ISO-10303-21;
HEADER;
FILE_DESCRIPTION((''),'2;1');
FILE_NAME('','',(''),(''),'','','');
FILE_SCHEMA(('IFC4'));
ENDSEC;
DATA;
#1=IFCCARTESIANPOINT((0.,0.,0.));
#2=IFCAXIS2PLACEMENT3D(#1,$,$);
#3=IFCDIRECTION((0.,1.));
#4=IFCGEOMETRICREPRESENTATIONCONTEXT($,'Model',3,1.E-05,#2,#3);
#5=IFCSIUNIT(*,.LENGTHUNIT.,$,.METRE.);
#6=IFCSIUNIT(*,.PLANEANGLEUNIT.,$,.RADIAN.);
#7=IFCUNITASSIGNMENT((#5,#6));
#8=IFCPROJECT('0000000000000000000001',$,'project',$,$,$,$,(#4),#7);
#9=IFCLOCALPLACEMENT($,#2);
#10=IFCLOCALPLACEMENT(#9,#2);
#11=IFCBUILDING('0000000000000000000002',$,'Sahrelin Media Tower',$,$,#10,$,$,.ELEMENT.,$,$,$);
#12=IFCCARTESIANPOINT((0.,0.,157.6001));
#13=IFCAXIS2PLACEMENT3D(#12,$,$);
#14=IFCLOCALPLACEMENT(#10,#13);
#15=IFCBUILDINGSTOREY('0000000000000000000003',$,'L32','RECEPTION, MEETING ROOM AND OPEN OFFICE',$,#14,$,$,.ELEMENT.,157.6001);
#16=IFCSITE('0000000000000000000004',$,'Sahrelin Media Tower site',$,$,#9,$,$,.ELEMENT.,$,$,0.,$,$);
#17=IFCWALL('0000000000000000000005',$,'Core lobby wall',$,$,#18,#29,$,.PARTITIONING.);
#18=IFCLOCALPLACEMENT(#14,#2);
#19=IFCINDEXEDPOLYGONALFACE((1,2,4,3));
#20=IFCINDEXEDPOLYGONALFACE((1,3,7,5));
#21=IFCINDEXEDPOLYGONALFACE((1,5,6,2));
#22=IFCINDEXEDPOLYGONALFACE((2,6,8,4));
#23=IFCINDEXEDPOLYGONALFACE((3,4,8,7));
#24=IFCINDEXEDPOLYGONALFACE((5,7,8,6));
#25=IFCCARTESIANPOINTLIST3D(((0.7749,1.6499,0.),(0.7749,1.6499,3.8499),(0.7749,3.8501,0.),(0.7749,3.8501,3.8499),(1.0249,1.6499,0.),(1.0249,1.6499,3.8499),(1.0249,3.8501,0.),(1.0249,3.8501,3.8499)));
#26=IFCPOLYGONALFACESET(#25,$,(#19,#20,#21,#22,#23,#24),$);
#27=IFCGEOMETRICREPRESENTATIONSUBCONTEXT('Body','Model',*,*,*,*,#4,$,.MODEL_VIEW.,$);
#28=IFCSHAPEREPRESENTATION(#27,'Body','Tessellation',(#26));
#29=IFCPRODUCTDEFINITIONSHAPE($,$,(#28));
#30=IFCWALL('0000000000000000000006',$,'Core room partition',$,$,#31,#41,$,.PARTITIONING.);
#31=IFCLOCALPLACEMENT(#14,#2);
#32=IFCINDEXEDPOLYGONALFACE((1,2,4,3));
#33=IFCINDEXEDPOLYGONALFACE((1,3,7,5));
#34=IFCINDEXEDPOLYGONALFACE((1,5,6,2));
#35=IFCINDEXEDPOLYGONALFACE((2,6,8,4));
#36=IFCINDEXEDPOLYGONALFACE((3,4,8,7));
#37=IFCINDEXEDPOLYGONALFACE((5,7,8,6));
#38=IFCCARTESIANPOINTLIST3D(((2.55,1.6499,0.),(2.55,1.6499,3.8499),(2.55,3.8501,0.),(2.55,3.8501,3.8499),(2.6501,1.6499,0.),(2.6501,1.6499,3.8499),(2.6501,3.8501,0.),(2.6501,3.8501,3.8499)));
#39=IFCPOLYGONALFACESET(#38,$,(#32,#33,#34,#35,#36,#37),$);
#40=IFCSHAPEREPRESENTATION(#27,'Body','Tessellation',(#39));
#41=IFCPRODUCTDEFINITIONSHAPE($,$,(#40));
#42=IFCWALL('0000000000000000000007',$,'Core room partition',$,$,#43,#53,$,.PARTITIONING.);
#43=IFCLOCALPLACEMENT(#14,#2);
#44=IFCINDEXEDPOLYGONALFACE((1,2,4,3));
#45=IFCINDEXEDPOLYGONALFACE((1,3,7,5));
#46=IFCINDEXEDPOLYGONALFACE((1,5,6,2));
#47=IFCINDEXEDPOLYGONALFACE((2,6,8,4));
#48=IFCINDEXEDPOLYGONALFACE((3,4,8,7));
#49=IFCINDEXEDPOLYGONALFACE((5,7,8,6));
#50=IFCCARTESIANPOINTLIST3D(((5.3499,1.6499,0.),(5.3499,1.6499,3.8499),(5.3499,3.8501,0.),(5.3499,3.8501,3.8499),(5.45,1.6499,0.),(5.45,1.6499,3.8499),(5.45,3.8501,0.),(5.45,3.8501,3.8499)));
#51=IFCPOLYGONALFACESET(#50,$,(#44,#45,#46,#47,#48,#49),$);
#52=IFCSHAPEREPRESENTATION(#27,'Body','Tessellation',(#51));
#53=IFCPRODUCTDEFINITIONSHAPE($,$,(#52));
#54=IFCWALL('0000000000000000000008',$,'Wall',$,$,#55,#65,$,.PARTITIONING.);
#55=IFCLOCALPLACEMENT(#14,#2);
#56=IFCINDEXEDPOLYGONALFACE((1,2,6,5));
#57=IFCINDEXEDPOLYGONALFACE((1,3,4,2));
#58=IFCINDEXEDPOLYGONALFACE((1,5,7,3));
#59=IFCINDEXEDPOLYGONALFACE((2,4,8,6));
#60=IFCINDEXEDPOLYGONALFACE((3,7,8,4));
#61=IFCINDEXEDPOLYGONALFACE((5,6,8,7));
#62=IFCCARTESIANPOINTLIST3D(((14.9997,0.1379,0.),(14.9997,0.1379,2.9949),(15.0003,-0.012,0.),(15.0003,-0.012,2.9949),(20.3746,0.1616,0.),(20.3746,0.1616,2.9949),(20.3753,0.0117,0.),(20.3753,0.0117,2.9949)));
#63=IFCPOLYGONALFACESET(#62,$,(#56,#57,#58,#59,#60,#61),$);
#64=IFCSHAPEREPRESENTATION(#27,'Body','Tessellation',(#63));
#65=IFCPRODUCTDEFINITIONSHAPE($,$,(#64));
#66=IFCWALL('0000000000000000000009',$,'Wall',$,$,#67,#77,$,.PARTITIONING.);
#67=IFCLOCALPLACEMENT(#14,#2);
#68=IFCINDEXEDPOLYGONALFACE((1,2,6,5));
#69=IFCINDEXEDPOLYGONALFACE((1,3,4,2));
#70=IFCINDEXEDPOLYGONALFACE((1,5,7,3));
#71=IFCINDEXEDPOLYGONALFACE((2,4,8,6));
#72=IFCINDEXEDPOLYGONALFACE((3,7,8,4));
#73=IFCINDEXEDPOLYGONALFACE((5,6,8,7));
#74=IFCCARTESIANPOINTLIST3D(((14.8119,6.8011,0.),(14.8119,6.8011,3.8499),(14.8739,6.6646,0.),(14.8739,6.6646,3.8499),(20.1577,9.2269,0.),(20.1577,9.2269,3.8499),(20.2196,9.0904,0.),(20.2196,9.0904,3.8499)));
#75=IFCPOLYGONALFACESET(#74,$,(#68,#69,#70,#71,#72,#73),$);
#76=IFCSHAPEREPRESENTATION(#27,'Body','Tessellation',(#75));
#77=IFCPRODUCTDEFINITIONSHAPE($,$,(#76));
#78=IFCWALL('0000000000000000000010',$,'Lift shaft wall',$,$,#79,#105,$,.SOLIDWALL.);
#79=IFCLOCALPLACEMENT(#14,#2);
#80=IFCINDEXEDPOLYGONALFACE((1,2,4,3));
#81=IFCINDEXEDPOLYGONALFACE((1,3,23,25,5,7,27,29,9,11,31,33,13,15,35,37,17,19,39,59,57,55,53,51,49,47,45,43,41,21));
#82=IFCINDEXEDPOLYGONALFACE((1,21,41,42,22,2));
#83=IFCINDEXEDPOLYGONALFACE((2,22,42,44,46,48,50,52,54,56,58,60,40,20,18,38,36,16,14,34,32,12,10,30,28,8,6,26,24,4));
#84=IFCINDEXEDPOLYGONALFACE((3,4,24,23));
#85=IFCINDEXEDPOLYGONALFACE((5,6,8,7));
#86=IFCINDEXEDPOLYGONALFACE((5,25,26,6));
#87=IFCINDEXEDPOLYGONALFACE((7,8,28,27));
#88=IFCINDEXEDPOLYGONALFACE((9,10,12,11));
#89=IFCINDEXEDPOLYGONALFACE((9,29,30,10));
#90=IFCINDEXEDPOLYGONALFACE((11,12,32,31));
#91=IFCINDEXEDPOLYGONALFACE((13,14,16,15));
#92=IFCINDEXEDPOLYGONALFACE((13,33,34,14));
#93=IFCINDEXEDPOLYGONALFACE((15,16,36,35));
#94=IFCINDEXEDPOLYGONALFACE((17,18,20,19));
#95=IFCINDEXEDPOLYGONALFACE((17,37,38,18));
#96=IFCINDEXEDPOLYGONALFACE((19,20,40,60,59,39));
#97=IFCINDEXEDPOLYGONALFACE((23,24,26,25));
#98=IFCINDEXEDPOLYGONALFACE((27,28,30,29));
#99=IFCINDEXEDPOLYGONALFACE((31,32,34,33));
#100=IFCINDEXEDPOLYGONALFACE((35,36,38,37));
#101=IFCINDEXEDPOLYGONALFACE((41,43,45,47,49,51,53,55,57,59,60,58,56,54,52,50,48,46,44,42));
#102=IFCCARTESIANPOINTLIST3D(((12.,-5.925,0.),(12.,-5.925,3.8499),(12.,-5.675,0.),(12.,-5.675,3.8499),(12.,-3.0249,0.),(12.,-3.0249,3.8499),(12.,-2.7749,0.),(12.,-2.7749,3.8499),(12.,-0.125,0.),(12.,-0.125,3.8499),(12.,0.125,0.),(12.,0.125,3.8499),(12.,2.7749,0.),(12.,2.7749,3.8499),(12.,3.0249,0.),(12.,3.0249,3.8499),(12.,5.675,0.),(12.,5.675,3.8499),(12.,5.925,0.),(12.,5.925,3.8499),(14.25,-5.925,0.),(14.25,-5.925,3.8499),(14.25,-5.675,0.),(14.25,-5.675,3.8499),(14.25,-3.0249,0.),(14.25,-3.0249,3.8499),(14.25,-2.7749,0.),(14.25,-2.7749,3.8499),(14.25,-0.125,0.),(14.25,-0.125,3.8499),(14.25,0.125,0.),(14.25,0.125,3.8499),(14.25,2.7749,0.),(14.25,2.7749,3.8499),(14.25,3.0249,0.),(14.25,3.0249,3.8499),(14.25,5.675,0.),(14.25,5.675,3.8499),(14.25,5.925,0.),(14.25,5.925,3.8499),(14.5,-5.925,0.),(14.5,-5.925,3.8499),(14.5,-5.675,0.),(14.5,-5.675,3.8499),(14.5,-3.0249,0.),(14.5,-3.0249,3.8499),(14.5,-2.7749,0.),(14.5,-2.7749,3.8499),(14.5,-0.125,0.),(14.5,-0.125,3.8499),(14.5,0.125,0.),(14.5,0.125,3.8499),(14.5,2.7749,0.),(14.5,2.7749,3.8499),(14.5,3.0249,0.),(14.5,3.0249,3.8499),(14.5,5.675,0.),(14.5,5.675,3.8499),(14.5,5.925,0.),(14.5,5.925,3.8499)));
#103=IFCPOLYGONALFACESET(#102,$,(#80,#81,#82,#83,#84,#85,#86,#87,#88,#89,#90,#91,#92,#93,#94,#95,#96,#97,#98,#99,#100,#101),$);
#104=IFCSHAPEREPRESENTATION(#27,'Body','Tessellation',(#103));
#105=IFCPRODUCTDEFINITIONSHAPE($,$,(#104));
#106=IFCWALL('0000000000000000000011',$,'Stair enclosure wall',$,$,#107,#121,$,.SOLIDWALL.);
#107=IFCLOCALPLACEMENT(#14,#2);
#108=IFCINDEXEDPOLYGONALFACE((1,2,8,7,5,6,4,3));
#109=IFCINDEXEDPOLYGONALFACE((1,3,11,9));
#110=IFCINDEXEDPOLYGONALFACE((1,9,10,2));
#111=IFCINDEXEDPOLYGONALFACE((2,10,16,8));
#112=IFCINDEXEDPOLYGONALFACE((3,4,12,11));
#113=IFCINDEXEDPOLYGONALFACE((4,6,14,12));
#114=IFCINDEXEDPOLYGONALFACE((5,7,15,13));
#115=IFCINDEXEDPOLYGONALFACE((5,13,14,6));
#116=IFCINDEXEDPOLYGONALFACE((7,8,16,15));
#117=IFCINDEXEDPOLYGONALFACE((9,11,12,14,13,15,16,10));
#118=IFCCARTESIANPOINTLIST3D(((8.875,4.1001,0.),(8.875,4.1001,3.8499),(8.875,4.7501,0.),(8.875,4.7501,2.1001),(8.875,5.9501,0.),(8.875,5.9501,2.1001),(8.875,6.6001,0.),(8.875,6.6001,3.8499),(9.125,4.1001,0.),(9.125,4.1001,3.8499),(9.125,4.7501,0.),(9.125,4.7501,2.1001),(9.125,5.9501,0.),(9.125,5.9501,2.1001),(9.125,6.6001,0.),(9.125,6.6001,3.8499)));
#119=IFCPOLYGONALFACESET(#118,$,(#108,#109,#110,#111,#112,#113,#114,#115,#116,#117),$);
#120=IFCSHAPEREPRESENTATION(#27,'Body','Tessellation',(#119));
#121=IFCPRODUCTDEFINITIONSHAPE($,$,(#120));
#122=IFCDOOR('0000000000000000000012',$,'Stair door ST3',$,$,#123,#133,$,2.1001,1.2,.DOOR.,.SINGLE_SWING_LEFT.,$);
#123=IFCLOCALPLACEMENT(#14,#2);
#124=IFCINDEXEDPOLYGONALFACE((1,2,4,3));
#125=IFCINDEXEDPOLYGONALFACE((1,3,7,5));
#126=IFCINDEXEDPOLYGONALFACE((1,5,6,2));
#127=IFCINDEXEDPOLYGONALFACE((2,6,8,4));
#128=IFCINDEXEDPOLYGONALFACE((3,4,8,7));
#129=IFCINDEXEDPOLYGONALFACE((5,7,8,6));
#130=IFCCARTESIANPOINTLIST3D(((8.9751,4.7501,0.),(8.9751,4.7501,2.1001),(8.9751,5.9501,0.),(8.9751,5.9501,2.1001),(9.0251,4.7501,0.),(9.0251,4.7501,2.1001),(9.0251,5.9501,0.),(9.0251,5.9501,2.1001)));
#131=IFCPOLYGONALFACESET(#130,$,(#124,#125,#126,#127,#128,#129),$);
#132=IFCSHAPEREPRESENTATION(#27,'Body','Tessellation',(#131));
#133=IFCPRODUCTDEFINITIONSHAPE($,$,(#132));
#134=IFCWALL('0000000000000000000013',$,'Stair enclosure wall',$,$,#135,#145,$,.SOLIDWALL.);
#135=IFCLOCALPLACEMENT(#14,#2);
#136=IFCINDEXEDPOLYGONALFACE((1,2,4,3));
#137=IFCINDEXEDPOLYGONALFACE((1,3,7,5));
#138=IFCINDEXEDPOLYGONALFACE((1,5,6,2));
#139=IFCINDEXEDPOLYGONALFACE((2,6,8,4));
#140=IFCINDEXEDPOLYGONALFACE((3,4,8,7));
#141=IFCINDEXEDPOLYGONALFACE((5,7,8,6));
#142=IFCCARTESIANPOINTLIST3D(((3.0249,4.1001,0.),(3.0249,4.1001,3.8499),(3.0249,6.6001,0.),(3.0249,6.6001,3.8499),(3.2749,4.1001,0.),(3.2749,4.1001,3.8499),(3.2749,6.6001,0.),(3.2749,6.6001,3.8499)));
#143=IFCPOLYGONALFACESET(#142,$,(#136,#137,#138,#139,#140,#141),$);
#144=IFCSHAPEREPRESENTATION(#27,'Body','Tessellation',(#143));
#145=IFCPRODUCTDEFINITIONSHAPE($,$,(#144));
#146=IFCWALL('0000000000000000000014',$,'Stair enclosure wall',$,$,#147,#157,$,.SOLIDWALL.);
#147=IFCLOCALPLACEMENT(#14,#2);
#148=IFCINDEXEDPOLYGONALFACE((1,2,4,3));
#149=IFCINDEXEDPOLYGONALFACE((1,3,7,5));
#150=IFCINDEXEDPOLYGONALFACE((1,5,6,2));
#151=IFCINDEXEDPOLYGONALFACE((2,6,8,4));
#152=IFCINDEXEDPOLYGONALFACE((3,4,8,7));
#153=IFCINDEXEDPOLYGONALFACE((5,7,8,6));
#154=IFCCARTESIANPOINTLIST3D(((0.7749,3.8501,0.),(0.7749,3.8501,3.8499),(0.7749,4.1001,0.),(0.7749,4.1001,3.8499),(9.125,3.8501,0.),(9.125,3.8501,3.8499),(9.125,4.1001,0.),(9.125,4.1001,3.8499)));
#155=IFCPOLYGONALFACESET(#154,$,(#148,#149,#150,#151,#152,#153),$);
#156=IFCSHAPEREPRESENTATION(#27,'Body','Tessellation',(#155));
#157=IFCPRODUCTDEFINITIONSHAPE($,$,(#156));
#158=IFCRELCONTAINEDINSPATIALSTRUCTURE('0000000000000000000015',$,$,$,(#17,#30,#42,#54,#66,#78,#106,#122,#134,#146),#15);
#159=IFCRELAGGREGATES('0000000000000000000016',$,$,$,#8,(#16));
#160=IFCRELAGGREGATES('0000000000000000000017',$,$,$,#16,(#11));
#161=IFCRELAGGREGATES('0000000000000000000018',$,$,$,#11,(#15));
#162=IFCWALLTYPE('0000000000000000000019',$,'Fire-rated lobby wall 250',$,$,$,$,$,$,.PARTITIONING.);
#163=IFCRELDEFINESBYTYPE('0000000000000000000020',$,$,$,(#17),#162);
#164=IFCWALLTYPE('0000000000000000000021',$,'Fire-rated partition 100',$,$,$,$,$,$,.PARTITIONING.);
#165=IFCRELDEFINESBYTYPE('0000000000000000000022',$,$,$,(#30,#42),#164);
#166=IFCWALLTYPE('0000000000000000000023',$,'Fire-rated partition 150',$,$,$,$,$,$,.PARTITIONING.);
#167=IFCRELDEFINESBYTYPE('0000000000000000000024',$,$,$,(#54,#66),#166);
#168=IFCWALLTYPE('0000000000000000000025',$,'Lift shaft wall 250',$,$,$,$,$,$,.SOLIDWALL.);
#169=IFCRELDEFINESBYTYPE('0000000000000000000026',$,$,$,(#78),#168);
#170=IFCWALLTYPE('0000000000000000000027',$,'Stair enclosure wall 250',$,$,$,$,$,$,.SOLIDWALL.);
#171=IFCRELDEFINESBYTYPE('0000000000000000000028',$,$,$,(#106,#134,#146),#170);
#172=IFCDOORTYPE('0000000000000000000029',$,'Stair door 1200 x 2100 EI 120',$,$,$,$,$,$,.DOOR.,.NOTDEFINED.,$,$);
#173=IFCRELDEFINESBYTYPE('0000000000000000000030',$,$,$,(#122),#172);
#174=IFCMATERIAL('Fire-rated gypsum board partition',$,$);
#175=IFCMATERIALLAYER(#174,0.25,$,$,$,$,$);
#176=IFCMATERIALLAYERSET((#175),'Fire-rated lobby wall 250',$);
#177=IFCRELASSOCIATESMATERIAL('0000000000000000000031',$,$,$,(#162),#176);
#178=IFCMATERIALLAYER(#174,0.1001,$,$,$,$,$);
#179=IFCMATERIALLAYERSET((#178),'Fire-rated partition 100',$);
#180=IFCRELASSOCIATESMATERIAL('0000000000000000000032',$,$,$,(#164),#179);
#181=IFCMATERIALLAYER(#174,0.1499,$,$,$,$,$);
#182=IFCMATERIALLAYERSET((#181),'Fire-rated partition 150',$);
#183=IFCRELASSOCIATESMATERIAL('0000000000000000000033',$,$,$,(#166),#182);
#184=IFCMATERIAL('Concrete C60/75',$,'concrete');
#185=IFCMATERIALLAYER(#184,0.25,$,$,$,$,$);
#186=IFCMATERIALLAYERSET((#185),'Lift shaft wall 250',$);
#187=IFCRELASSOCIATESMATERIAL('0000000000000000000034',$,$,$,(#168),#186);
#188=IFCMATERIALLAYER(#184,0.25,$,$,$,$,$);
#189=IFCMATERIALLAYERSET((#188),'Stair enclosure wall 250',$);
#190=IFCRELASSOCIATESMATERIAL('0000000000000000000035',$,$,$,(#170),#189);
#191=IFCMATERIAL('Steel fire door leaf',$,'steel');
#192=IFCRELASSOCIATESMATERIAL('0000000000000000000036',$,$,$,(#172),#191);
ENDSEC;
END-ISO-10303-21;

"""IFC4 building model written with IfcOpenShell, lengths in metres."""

from ifc_helpers import new_model, si_unit, direction, frame, frame_2d, origin, place, context, subcontext, project, spatial, polyline, rectangle, outline, extrude, material, layer, layer_set, type_object, element, fill, save


model = new_model("IFC4")

# Units and contexts
model_context = context("Model", 3, precision=1e-05, world=origin(), true_north=direction((0.0, 1.0)))
body_context = subcontext(model_context, "Body", "Model", "MODEL_VIEW")
ifc_project = project(units=[si_unit("LENGTHUNIT", "METRE"), si_unit("PLANEANGLEUNIT", "RADIAN")], contexts=[model_context])

# Site, building, storey
site_placement = place(None, origin())
site = spatial("IfcSite", under=ifc_project, at=site_placement, Name="Sahrelin Media Tower site", CompositionType="ELEMENT", RefElevation=0.0)
building_placement = place(site_placement, origin())
building = spatial("IfcBuilding", under=site, at=building_placement, Name="Sahrelin Media Tower", CompositionType="ELEMENT")
storey_placement = place(building_placement, frame((0.0, 0.0, 157.6001)))
storey = spatial("IfcBuildingStorey", under=building, at=storey_placement, Name="L32", Description="RECEPTION, MEETING ROOM AND OPEN OFFICE", CompositionType="ELEMENT", Elevation=157.6001)

# Shared definitions
ifc_material_1 = material(Name="Fire-rated gypsum board partition")
ifc_layer_1 = layer(ifc_material_1, 0.25)
ifc_layer_set_1 = layer_set([ifc_layer_1], Name="Fire-rated lobby wall 250")
wall_type_1 = type_object("IfcWallType", Name="Fire-rated lobby wall 250", PredefinedType="PARTITIONING", material=ifc_layer_set_1)
ifc_material_2 = material(Name="Steel fire door leaf", Category="steel")

# Walls
for number, where, z_axis, x_axis, name in (
    (1, (0.8999, 1.6499, 0.0), (0.0, 0.0, 1.0), (0.0, 1.0, 0.0), "Core lobby wall"),
):
    element("IfcWall", number, at=place(storey_placement, frame(where, z_axis=z_axis, x_axis=x_axis)), inside=storey, type_object=wall_type_1, Name=name, PredefinedType="PARTITIONING", context=body_context, shape_type="SweptSolid", body=[
        extrude(rectangle(XDim=2.2002, YDim=0.25, at=frame_2d((1.1001, 0.0))), origin(), (0.0, 0.0, 1.0), 3.8499),
    ])
ifc_layer_2 = layer(ifc_material_1, 0.1001)
ifc_layer_set_2 = layer_set([ifc_layer_2], Name="Fire-rated partition 100")
wall_type_2 = type_object("IfcWallType", Name="Fire-rated partition 100", PredefinedType="PARTITIONING", material=ifc_layer_set_2)
for number, where, z_axis, x_axis, name in (
    (2, (2.6001, 1.6499, 0.0), (0.0, 0.0, 1.0), (0.0, 1.0, 0.0), "Core room partition"),
    (3, (5.3999, 1.6499, 0.0), (0.0, 0.0, 1.0), (0.0, 1.0, 0.0), "Core room partition"),
):
    element("IfcWall", number, at=place(storey_placement, frame(where, z_axis=z_axis, x_axis=x_axis)), inside=storey, type_object=wall_type_2, Name=name, PredefinedType="PARTITIONING", context=body_context, shape_type="SweptSolid", body=[
        extrude(rectangle(XDim=2.2002, YDim=0.1001, at=frame_2d((1.1001, 0.0))), origin(), (0.0, 0.0, 1.0), 3.8499),
    ])
ifc_layer_3 = layer(ifc_material_1, 0.1499)
ifc_layer_set_3 = layer_set([ifc_layer_3], Name="Fire-rated partition 150")
wall_type_3 = type_object("IfcWallType", Name="Fire-rated partition 150", PredefinedType="PARTITIONING", material=ifc_layer_set_3)
wall_1_placement = place(storey_placement, frame((15.0, 0.063, 0.0), z_axis=(0.0, 0.0, 1.0), x_axis=(0.99999, 0.004406, 0.0)))
element("IfcWall", 4, at=wall_1_placement, inside=storey, type_object=wall_type_3, Name="Wall", PredefinedType="PARTITIONING", context=body_context, shape_type="SweptSolid", body=[
    extrude(rectangle(XDim=5.375, YDim=0.1499, at=frame_2d((2.6875, 0.0))), origin(), (0.0, 0.0, 1.0), 2.9949),
])
wall_2_placement = place(storey_placement, frame((14.843, 6.7329, 0.0), z_axis=(0.0, 0.0, 1.0), x_axis=(0.910628, 0.413226, 0.0)))
element("IfcWall", 5, at=wall_2_placement, inside=storey, type_object=wall_type_3, Name="Wall", PredefinedType="PARTITIONING", context=body_context, shape_type="SweptSolid", body=[
    extrude(rectangle(XDim=5.8704, YDim=0.1499, at=frame_2d((2.9351, 0.0))), origin(), (0.0, 0.0, 1.0), 3.8499),
])
ifc_material_3 = material(Name="Concrete C60/75", Category="concrete")
ifc_layer_4 = layer(ifc_material_3, 0.25)
ifc_layer_set_4 = layer_set([ifc_layer_4], Name="Lift shaft wall 250")
wall_type_4 = type_object("IfcWallType", Name="Lift shaft wall 250", PredefinedType="SOLIDWALL", material=ifc_layer_set_4)
wall_3_placement = place(storey_placement, origin())
element("IfcWall", 6, at=wall_3_placement, inside=storey, type_object=wall_type_4, Name="Lift shaft wall", PredefinedType="SOLIDWALL", context=body_context, shape_type="SweptSolid", body=[
    extrude(outline(polyline([(12.0, -5.675), (12.0, -5.925), (14.25, -5.925), (14.5, -5.925), (14.5, -5.675), (14.5, -3.0249), (14.5, -2.7749), (14.5, -0.125), (14.5, 0.125), (14.5, 2.7749), (14.5, 3.0249), (14.5, 5.675), (14.5, 5.925), (14.25, 5.925), (12.0, 5.925), (12.0, 5.675), (14.25, 5.675), (14.25, 3.0249), (12.0, 3.0249), (12.0, 2.7749), (14.25, 2.7749), (14.25, 0.125), (12.0, 0.125), (12.0, -0.125), (14.25, -0.125), (14.25, -2.7749), (12.0, -2.7749), (12.0, -3.0249), (14.25, -3.0249), (14.25, -5.675), (12.0, -5.675)])), origin(), (0.0, 0.0, 1.0), 3.8499),
])

# Wall, opening, door
ifc_layer_5 = layer(ifc_material_3, 0.25)
ifc_layer_set_5 = layer_set([ifc_layer_5], Name="Stair enclosure wall 250")
wall_type_5 = type_object("IfcWallType", Name="Stair enclosure wall 250", PredefinedType="SOLIDWALL", material=ifc_layer_set_5)
wall_4_placement = place(storey_placement, frame((9.0, 4.1001, 0.0), z_axis=(0.0, 0.0, 1.0), x_axis=(0.0, 1.0, 0.0)))
wall_4 = element("IfcWall", 7, at=wall_4_placement, inside=storey, type_object=wall_type_5, Name="Stair enclosure wall", PredefinedType="SOLIDWALL", context=body_context, shape_type="SweptSolid", body=[
    extrude(rectangle(XDim=2.5, YDim=0.25, at=frame_2d((1.25, 0.0))), origin(), (0.0, 0.0, 1.0), 3.8499),
])
opening_1_placement = place(wall_4_placement, frame((0.6499, 0.0, 0.0)))
opening_1 = element("IfcOpeningElement", 8, at=opening_1_placement, cuts=wall_4, PredefinedType="OPENING", context=body_context, shape_type="SweptSolid", body=[
    extrude(rectangle(XDim=1.2, YDim=2.1001, at=frame_2d((0.6001, 1.05))), frame((0.0, 0.125, 0.0), z_axis=(0.0, -1.0, 0.0), x_axis=(1.0, 0.0, 0.0)), (0.0, 0.0, 1.0), 0.25),
])
door_type_1 = type_object("IfcDoorType", Name="Stair door 1200 x 2100 EI 120", OperationType="NOTDEFINED", PredefinedType="DOOR", material=ifc_material_2)
door_1_placement = place(opening_1_placement, origin())
door_1 = element("IfcDoor", 9, at=door_1_placement, inside=storey, type_object=door_type_1, Name="Stair door ST3", OperationType="SINGLE_SWING_LEFT", OverallHeight=2.1001, OverallWidth=1.2, PredefinedType="DOOR", context=body_context, shape_type="SweptSolid", body=[
    extrude(rectangle(XDim=1.2, YDim=2.1001, at=frame_2d((0.6001, 1.05))), frame((0.0, 0.0249, 0.0), z_axis=(0.0, -1.0, 0.0), x_axis=(1.0, 0.0, 0.0)), (0.0, 0.0, 1.0), 0.05),
])
fill(opening_1, door_1)

# Walls
wall_5_placement = place(storey_placement, frame((3.1499, 4.1001, 0.0), z_axis=(0.0, 0.0, 1.0), x_axis=(0.0, 1.0, 0.0)))
element("IfcWall", 10, at=wall_5_placement, inside=storey, type_object=wall_type_5, Name="Stair enclosure wall", PredefinedType="SOLIDWALL", context=body_context, shape_type="SweptSolid", body=[
    extrude(rectangle(XDim=2.5, YDim=0.25, at=frame_2d((1.25, 0.0))), origin(), (0.0, 0.0, 1.0), 3.8499),
])
wall_6_placement = place(storey_placement, frame((0.7749, 3.9751, 0.0), z_axis=(0.0, 0.0, 1.0), x_axis=(1.0, 0.0, 0.0)))
element("IfcWall", 11, at=wall_6_placement, inside=storey, type_object=wall_type_5, Name="Stair enclosure wall", PredefinedType="SOLIDWALL", context=body_context, shape_type="SweptSolid", body=[
    extrude(rectangle(XDim=8.3501, YDim=0.25, at=frame_2d((4.175, 0.0))), origin(), (0.0, 0.0, 1.0), 3.8499),
])

save(model, "model.ifc")
